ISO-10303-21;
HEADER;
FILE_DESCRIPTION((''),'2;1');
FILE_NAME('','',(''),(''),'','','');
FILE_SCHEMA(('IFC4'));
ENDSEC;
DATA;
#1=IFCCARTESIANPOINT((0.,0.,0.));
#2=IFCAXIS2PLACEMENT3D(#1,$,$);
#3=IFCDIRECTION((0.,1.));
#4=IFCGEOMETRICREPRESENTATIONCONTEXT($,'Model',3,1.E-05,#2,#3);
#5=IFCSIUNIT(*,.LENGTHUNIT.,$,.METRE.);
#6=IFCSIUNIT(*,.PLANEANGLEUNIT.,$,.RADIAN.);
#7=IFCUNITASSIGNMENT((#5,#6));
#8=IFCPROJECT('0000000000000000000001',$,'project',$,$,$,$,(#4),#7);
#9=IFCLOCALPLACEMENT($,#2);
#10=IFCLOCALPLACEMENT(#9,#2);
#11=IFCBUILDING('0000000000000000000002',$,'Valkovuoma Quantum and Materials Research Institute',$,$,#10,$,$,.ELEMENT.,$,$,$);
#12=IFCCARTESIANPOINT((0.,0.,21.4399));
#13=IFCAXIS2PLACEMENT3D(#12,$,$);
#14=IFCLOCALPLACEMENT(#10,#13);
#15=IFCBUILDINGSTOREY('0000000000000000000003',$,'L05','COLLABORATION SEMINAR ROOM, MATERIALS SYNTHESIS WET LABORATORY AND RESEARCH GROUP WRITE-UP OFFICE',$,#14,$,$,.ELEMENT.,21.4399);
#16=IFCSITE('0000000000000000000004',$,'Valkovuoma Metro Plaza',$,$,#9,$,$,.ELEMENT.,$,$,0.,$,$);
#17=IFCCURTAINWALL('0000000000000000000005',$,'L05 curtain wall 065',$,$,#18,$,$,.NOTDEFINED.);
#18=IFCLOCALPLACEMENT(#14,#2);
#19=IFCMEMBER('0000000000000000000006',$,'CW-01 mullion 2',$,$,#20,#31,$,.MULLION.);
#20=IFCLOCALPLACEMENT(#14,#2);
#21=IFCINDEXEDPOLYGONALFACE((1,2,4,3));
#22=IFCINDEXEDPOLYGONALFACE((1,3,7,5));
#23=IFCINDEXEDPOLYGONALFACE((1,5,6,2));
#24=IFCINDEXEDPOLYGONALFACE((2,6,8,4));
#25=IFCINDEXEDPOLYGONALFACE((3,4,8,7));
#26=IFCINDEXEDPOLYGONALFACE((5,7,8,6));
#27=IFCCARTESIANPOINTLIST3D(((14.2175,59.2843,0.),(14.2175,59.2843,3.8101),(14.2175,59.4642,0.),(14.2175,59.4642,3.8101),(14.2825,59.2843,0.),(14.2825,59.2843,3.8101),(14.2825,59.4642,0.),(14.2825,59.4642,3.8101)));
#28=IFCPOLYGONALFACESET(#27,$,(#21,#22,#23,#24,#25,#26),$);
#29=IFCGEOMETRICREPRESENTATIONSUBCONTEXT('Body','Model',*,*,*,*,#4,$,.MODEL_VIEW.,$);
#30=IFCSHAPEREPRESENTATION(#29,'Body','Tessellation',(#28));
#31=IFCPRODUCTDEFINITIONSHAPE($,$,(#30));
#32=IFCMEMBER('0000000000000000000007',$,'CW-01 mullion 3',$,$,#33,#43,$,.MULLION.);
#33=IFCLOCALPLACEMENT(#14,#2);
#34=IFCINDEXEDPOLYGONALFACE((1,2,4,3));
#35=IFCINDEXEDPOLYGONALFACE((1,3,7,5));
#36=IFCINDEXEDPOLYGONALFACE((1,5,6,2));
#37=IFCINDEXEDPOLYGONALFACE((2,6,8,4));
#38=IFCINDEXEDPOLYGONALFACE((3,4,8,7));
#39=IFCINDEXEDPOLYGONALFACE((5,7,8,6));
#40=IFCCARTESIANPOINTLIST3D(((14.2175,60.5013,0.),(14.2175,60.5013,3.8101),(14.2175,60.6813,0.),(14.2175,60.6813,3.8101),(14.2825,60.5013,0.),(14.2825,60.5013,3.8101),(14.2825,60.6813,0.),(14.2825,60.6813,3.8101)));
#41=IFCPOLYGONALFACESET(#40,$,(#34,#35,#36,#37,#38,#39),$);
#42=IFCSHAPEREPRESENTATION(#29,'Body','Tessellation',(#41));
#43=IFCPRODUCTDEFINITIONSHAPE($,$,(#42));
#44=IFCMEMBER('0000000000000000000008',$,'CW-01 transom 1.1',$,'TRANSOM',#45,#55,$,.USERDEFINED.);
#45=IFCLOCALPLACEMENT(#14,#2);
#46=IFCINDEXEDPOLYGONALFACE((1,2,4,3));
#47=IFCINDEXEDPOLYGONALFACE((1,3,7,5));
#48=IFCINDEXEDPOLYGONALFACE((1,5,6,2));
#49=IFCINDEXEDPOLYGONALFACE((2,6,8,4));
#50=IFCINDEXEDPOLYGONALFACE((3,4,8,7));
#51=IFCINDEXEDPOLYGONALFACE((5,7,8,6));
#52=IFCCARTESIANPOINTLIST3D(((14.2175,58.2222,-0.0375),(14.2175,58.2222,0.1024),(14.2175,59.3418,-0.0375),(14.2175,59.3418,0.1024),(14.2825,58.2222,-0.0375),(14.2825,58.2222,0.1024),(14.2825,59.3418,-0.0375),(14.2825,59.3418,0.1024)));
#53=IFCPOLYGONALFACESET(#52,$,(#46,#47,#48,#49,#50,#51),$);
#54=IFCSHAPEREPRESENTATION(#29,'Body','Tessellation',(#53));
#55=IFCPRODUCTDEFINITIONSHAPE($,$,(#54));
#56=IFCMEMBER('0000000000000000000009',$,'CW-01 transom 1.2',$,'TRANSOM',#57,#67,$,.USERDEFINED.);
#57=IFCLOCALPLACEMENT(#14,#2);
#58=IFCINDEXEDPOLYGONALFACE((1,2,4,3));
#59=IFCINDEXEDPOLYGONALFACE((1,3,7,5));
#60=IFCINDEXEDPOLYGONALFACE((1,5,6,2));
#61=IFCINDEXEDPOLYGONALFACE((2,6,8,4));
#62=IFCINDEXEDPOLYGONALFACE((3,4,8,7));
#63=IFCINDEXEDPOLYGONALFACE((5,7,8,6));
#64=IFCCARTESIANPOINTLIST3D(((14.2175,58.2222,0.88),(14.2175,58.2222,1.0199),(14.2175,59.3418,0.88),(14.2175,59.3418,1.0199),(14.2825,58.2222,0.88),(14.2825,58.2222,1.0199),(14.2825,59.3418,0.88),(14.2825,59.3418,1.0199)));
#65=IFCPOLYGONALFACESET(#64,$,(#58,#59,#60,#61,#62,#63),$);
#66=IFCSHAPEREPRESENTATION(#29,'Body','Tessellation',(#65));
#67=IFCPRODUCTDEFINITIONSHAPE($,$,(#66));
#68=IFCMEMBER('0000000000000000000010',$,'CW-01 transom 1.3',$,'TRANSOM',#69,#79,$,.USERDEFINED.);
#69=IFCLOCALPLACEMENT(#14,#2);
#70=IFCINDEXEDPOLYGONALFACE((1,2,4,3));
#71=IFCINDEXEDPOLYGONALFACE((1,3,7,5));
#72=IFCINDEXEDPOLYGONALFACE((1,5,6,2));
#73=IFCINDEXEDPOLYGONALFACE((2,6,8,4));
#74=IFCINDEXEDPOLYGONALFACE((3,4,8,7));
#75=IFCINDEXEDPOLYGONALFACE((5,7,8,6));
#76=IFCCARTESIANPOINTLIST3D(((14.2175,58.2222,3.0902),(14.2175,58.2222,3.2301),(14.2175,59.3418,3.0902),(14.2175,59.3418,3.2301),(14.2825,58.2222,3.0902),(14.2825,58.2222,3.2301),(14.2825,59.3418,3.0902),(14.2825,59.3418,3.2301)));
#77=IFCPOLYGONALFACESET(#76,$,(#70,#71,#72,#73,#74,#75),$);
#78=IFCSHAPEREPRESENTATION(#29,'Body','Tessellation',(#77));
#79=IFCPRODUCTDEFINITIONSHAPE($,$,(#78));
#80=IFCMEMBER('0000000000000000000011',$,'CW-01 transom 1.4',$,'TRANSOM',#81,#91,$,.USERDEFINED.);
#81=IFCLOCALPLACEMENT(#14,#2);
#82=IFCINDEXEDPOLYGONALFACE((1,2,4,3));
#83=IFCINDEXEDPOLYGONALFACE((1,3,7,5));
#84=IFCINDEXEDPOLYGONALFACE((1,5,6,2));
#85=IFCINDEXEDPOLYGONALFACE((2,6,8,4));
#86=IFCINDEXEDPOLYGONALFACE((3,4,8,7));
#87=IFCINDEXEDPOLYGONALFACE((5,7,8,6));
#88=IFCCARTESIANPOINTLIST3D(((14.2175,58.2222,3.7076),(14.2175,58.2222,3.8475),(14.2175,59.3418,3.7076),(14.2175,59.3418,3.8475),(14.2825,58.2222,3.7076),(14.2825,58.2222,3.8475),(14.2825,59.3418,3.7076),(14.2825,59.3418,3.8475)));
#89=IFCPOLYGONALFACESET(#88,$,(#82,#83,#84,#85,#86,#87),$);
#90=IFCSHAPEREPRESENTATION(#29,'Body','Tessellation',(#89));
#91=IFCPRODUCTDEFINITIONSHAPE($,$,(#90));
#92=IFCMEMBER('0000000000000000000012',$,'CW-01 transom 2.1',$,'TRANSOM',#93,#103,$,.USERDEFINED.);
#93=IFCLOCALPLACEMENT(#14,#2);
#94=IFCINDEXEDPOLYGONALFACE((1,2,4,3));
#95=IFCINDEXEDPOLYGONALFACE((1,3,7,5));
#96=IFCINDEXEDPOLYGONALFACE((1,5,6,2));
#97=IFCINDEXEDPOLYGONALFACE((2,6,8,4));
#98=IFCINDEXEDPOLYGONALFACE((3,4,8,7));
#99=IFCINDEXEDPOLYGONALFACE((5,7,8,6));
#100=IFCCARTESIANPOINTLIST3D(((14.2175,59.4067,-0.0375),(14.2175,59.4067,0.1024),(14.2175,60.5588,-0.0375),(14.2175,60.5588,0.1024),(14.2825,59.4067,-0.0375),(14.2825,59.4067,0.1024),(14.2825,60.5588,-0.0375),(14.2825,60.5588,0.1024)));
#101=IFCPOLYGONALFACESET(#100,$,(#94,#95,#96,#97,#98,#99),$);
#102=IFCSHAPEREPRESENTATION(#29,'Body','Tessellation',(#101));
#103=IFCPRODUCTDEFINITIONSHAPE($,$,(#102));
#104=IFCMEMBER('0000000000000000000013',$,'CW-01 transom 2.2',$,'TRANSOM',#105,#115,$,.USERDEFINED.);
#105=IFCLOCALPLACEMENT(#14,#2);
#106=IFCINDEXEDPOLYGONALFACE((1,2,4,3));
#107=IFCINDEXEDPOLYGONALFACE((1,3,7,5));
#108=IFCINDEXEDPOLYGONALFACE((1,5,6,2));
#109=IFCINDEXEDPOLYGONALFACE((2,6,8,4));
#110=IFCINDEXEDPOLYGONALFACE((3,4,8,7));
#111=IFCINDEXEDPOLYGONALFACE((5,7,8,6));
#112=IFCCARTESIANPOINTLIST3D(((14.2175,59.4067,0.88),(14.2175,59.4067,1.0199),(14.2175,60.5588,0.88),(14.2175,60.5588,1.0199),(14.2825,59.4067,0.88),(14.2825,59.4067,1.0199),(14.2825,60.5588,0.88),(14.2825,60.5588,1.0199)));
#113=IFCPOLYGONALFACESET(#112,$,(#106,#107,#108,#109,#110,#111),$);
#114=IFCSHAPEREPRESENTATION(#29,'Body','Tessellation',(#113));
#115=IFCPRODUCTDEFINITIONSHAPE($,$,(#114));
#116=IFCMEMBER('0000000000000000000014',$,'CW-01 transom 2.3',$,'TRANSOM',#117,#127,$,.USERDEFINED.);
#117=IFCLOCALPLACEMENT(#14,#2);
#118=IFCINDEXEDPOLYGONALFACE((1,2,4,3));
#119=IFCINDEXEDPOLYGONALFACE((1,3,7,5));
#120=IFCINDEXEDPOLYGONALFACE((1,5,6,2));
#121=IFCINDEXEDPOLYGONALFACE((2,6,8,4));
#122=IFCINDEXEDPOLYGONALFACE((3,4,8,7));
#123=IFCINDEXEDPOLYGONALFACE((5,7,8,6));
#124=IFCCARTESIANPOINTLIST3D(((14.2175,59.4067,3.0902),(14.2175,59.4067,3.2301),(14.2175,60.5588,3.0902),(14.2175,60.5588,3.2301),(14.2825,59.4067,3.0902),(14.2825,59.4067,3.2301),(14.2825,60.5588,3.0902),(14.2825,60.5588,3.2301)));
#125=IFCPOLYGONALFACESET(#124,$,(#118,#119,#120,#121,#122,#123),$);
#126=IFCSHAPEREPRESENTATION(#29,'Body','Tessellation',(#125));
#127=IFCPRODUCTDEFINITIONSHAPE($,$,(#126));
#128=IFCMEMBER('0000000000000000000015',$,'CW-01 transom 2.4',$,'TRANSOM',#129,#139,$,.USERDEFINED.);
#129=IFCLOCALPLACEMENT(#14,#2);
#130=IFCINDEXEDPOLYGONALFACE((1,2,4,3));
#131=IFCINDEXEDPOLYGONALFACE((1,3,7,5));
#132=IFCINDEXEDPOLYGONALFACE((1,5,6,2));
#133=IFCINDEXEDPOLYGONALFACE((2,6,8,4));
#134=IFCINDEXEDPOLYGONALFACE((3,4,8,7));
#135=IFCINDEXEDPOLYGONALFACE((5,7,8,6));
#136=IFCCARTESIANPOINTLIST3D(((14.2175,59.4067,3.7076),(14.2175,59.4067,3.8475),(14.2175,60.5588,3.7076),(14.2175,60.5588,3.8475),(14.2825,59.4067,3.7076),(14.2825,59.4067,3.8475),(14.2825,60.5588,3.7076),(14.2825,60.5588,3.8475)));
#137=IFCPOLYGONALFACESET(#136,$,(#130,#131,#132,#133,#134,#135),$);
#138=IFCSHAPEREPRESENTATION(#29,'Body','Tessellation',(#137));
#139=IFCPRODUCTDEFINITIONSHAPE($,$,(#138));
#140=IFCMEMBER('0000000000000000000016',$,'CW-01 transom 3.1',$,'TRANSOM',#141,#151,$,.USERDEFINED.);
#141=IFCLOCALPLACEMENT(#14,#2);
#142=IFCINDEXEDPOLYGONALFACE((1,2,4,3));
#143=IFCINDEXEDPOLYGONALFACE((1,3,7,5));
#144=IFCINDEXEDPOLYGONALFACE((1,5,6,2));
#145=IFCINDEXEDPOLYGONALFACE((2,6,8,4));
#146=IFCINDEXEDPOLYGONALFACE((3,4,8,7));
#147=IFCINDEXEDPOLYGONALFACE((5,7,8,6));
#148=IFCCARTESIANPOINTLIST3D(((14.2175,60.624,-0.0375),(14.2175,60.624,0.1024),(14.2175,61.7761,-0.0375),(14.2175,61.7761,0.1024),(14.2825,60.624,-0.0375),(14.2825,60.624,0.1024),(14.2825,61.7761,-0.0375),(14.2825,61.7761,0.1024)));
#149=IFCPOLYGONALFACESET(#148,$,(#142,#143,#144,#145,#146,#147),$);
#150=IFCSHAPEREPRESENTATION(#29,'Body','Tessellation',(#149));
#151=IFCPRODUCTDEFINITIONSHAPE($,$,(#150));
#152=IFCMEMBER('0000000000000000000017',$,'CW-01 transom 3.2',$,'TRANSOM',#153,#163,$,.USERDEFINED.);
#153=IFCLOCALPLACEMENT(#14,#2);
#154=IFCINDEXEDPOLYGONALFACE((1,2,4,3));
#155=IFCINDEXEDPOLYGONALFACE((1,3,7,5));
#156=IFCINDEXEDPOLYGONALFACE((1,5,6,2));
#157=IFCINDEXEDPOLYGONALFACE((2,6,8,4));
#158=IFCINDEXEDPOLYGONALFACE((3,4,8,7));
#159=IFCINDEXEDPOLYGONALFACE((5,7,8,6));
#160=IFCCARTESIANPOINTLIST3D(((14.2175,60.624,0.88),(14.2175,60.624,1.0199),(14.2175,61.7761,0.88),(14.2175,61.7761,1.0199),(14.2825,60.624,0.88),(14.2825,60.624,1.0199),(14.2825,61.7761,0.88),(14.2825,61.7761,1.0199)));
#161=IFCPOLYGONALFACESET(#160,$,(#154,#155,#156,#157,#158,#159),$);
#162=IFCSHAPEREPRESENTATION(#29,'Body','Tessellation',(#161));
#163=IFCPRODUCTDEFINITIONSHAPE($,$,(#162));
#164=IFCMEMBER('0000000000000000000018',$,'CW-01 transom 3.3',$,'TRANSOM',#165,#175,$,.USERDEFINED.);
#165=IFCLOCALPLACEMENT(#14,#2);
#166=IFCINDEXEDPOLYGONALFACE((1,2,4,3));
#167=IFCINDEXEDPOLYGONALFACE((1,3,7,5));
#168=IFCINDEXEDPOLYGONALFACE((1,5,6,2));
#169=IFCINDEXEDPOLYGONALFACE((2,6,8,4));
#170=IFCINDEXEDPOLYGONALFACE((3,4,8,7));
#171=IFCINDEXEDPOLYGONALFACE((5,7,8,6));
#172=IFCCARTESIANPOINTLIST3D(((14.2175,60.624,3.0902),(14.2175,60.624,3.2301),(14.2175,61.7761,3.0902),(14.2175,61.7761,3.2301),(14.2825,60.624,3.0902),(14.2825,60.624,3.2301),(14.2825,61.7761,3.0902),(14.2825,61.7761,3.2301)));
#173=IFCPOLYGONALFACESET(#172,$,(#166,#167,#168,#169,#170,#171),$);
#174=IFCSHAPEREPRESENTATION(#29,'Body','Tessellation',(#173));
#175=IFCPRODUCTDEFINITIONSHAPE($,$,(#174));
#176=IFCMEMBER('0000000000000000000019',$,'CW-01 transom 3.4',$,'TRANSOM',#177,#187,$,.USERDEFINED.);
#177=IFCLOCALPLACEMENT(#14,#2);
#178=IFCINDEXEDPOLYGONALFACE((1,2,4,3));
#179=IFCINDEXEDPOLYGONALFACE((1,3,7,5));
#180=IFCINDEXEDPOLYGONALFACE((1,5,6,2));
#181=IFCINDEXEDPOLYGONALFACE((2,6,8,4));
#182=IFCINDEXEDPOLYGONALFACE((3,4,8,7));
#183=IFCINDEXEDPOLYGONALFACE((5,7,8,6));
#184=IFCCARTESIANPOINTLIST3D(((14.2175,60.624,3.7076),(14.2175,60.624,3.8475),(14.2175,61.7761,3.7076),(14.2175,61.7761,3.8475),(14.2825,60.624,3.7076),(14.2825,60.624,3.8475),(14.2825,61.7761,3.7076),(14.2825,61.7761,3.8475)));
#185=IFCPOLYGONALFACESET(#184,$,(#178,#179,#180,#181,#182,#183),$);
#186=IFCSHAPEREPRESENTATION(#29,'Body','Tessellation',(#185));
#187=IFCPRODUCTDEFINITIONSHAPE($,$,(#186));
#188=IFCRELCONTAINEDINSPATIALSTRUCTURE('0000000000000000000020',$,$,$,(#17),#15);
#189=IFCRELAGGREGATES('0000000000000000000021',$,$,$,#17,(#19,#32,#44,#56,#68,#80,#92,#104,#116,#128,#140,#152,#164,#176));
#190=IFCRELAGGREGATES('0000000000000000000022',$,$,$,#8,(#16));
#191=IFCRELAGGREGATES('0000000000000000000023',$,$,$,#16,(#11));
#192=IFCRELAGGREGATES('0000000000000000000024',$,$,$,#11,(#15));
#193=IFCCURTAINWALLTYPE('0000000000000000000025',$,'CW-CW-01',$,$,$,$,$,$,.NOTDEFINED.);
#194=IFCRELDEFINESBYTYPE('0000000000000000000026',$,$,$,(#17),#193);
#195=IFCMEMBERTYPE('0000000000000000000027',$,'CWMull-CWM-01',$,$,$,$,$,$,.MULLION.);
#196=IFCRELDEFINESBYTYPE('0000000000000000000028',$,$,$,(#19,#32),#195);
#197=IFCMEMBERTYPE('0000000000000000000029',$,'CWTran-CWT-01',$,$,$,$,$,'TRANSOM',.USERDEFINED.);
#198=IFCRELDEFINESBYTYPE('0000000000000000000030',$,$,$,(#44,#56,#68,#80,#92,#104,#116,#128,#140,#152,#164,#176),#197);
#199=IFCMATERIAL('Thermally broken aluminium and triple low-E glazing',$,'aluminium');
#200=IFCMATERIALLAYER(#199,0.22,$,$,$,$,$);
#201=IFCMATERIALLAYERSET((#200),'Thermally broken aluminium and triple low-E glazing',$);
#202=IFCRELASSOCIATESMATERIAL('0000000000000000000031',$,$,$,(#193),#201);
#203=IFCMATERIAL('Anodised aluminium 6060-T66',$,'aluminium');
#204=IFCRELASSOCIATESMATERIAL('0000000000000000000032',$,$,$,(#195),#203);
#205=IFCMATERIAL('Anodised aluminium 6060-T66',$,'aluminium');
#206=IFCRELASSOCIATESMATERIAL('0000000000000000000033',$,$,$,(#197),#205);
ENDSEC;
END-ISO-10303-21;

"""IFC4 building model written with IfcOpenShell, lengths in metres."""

from ifc_helpers import new_model, si_unit, direction, frame, origin, origin_2d, place, context, subcontext, project, spatial, rectangle, extrude, material, layer, layer_set, material_profile, profile_set, type_object, element, aggregate, save


model = new_model("IFC4")

# Units and contexts
model_context = context("Model", 3, precision=1e-05, world=origin(), true_north=direction((0.0, 1.0)))
body_context = subcontext(model_context, "Body", "Model", "MODEL_VIEW")
ifc_project = project(units=[si_unit("LENGTHUNIT", "METRE"), si_unit("PLANEANGLEUNIT", "RADIAN")], contexts=[model_context])

# Site, building, storey
site_placement = place(None, origin())
site = spatial("IfcSite", under=ifc_project, at=site_placement, Name="Valkovuoma Metro Plaza", CompositionType="ELEMENT", RefElevation=0.0)
building_placement = place(site_placement, origin())
building = spatial("IfcBuilding", under=site, at=building_placement, Name="Valkovuoma Quantum and Materials Research Institute", CompositionType="ELEMENT")
storey_placement = place(building_placement, frame((0.0, 0.0, 21.4399)))
storey = spatial("IfcBuildingStorey", under=building, at=storey_placement, Name="L05", Description="COLLABORATION SEMINAR ROOM, MATERIALS SYNTHESIS WET LABORATORY AND RESEARCH GROUP WRITE-UP OFFICE", CompositionType="ELEMENT", Elevation=21.4399)

# Curtain wall, members
ifc_material_1 = material(Name="Thermally broken aluminium and triple low-E glazing", Category="aluminium")
ifc_layer_1 = layer(ifc_material_1, 0.22)
ifc_layer_set_1 = layer_set([ifc_layer_1], Name="Thermally broken aluminium and triple low-E glazing")
curtain_wall_type = type_object("IfcCurtainWallType", Name="CW-CW-01", PredefinedType="NOTDEFINED", material=ifc_layer_set_1)
curtain_wall_placement = place(storey_placement, origin())
curtain_wall = element("IfcCurtainWall", 1, at=curtain_wall_placement, inside=storey, type_object=curtain_wall_type, Name="L05 curtain wall 065", PredefinedType="NOTDEFINED")
ifc_material_2 = material(Name="Anodised aluminium 6060-T66", Category="aluminium")
ifc_material_profile_1 = material_profile(ifc_material_2, rectangle(XDim=0.0649, YDim=0.1799, at=origin_2d()), Name="Anodised aluminium 6060-T66")
ifc_profile_set_1 = profile_set([ifc_material_profile_1], Name="Anodised aluminium 6060-T66")
member_type_1 = type_object("IfcMemberType", Name="CWMull-CWM-01", PredefinedType="MULLION", material=ifc_profile_set_1)
member_1_placement = place(storey_placement, frame((14.25, 59.3743, 0.0), z_axis=(0.0, 0.0, 1.0), x_axis=(-1.0, 0.0, 0.0)))
member_1 = element("IfcMember", 2, at=member_1_placement, type_object=member_type_1, Name="CW-01 mullion 2", PredefinedType="MULLION", context=body_context, shape_type="SweptSolid", body=[
    extrude(rectangle(XDim=0.0649, YDim=0.1799, at=origin_2d()), origin(), (0.0, 0.0, 1.0), 3.8101),
])
member_2_placement = place(storey_placement, frame((14.25, 60.5913, 0.0), z_axis=(0.0, 0.0, 1.0), x_axis=(-1.0, 0.0, 0.0)))
member_2 = element("IfcMember", 3, at=member_2_placement, type_object=member_type_1, Name="CW-01 mullion 3", PredefinedType="MULLION", context=body_context, shape_type="SweptSolid", body=[
    extrude(rectangle(XDim=0.0649, YDim=0.1799, at=origin_2d()), origin(), (0.0, 0.0, 1.0), 3.8101),
])
ifc_material_3 = material(Name="Anodised aluminium 6060-T66", Category="aluminium")
ifc_material_profile_2 = material_profile(ifc_material_3, rectangle(XDim=0.0649, YDim=0.1399, at=origin_2d()), Name="Anodised aluminium 6060-T66")
ifc_profile_set_2 = profile_set([ifc_material_profile_2], Name="Anodised aluminium 6060-T66")
member_type_2 = type_object("IfcMemberType", Name="CWTran-CWT-01", ElementType="TRANSOM", PredefinedType="USERDEFINED", material=ifc_profile_set_2)
member_3_placement = place(storey_placement, frame((14.25, 58.2222, 0.0325), z_axis=(0.0, 1.0, 0.0), x_axis=(-1.0, 0.0, 0.0)))
member_3 = element("IfcMember", 4, at=member_3_placement, type_object=member_type_2, Name="CW-01 transom 1.1", ObjectType="TRANSOM", PredefinedType="USERDEFINED", context=body_context, shape_type="SweptSolid", body=[
    extrude(rectangle(XDim=0.0649, YDim=0.1399, at=origin_2d()), origin(), (0.0, 0.0, 1.0), 1.1196),
])
member_4_placement = place(storey_placement, frame((14.25, 58.2222, 0.95), z_axis=(0.0, 1.0, 0.0), x_axis=(-1.0, 0.0, 0.0)))
member_4 = element("IfcMember", 5, at=member_4_placement, type_object=member_type_2, Name="CW-01 transom 1.2", ObjectType="TRANSOM", PredefinedType="USERDEFINED", context=body_context, shape_type="SweptSolid", body=[
    extrude(rectangle(XDim=0.0649, YDim=0.1399, at=origin_2d()), origin(), (0.0, 0.0, 1.0), 1.1196),
])
member_5_placement = place(storey_placement, frame((14.25, 58.2222, 3.1602), z_axis=(0.0, 1.0, 0.0), x_axis=(-1.0, 0.0, 0.0)))
member_5 = element("IfcMember", 6, at=member_5_placement, type_object=member_type_2, Name="CW-01 transom 1.3", ObjectType="TRANSOM", PredefinedType="USERDEFINED", context=body_context, shape_type="SweptSolid", body=[
    extrude(rectangle(XDim=0.0649, YDim=0.1399, at=origin_2d()), origin(), (0.0, 0.0, 1.0), 1.1196),
])
member_6_placement = place(storey_placement, frame((14.25, 58.2222, 3.7776), z_axis=(0.0, 1.0, 0.0), x_axis=(-1.0, 0.0, 0.0)))
member_6 = element("IfcMember", 7, at=member_6_placement, type_object=member_type_2, Name="CW-01 transom 1.4", ObjectType="TRANSOM", PredefinedType="USERDEFINED", context=body_context, shape_type="SweptSolid", body=[
    extrude(rectangle(XDim=0.0649, YDim=0.1399, at=origin_2d()), origin(), (0.0, 0.0, 1.0), 1.1196),
])
member_7_placement = place(storey_placement, frame((14.25, 59.4067, 0.0325), z_axis=(0.0, 1.0, 0.0), x_axis=(-1.0, 0.0, 0.0)))
member_7 = element("IfcMember", 8, at=member_7_placement, type_object=member_type_2, Name="CW-01 transom 2.1", ObjectType="TRANSOM", PredefinedType="USERDEFINED", context=body_context, shape_type="SweptSolid", body=[
    extrude(rectangle(XDim=0.0649, YDim=0.1399, at=origin_2d()), origin(), (0.0, 0.0, 1.0), 1.1521),
])
member_8_placement = place(storey_placement, frame((14.25, 59.4067, 0.95), z_axis=(0.0, 1.0, 0.0), x_axis=(-1.0, 0.0, 0.0)))
member_8 = element("IfcMember", 9, at=member_8_placement, type_object=member_type_2, Name="CW-01 transom 2.2", ObjectType="TRANSOM", PredefinedType="USERDEFINED", context=body_context, shape_type="SweptSolid", body=[
    extrude(rectangle(XDim=0.0649, YDim=0.1399, at=origin_2d()), origin(), (0.0, 0.0, 1.0), 1.1521),
])
member_9_placement = place(storey_placement, frame((14.25, 59.4067, 3.1602), z_axis=(0.0, 1.0, 0.0), x_axis=(-1.0, 0.0, 0.0)))
member_9 = element("IfcMember", 10, at=member_9_placement, type_object=member_type_2, Name="CW-01 transom 2.3", ObjectType="TRANSOM", PredefinedType="USERDEFINED", context=body_context, shape_type="SweptSolid", body=[
    extrude(rectangle(XDim=0.0649, YDim=0.1399, at=origin_2d()), origin(), (0.0, 0.0, 1.0), 1.1521),
])
member_10_placement = place(storey_placement, frame((14.25, 59.4067, 3.7776), z_axis=(0.0, 1.0, 0.0), x_axis=(-1.0, 0.0, 0.0)))
member_10 = element("IfcMember", 11, at=member_10_placement, type_object=member_type_2, Name="CW-01 transom 2.4", ObjectType="TRANSOM", PredefinedType="USERDEFINED", context=body_context, shape_type="SweptSolid", body=[
    extrude(rectangle(XDim=0.0649, YDim=0.1399, at=origin_2d()), origin(), (0.0, 0.0, 1.0), 1.1521),
])
member_11_placement = place(storey_placement, frame((14.25, 60.624, 0.0325), z_axis=(0.0, 1.0, 0.0), x_axis=(-1.0, 0.0, 0.0)))
member_11 = element("IfcMember", 12, at=member_11_placement, type_object=member_type_2, Name="CW-01 transom 3.1", ObjectType="TRANSOM", PredefinedType="USERDEFINED", context=body_context, shape_type="SweptSolid", body=[
    extrude(rectangle(XDim=0.0649, YDim=0.1399, at=origin_2d()), origin(), (0.0, 0.0, 1.0), 1.1521),
])
member_12_placement = place(storey_placement, frame((14.25, 60.624, 0.95), z_axis=(0.0, 1.0, 0.0), x_axis=(-1.0, 0.0, 0.0)))
member_12 = element("IfcMember", 13, at=member_12_placement, type_object=member_type_2, Name="CW-01 transom 3.2", ObjectType="TRANSOM", PredefinedType="USERDEFINED", context=body_context, shape_type="SweptSolid", body=[
    extrude(rectangle(XDim=0.0649, YDim=0.1399, at=origin_2d()), origin(), (0.0, 0.0, 1.0), 1.1521),
])
member_13_placement = place(storey_placement, frame((14.25, 60.624, 3.1602), z_axis=(0.0, 1.0, 0.0), x_axis=(-1.0, 0.0, 0.0)))
member_13 = element("IfcMember", 14, at=member_13_placement, type_object=member_type_2, Name="CW-01 transom 3.3", ObjectType="TRANSOM", PredefinedType="USERDEFINED", context=body_context, shape_type="SweptSolid", body=[
    extrude(rectangle(XDim=0.0649, YDim=0.1399, at=origin_2d()), origin(), (0.0, 0.0, 1.0), 1.1521),
])
member_14_placement = place(storey_placement, frame((14.25, 60.624, 3.7776), z_axis=(0.0, 1.0, 0.0), x_axis=(-1.0, 0.0, 0.0)))
member_14 = element("IfcMember", 15, at=member_14_placement, type_object=member_type_2, Name="CW-01 transom 3.4", ObjectType="TRANSOM", PredefinedType="USERDEFINED", context=body_context, shape_type="SweptSolid", body=[
    extrude(rectangle(XDim=0.0649, YDim=0.1399, at=origin_2d()), origin(), (0.0, 0.0, 1.0), 1.1521),
])
aggregate(curtain_wall, [member_1, member_2, member_3, member_4, member_5, member_6, member_7, member_8, member_9, member_10, member_11, member_12, member_13, member_14])

save(model, "model.ifc")
